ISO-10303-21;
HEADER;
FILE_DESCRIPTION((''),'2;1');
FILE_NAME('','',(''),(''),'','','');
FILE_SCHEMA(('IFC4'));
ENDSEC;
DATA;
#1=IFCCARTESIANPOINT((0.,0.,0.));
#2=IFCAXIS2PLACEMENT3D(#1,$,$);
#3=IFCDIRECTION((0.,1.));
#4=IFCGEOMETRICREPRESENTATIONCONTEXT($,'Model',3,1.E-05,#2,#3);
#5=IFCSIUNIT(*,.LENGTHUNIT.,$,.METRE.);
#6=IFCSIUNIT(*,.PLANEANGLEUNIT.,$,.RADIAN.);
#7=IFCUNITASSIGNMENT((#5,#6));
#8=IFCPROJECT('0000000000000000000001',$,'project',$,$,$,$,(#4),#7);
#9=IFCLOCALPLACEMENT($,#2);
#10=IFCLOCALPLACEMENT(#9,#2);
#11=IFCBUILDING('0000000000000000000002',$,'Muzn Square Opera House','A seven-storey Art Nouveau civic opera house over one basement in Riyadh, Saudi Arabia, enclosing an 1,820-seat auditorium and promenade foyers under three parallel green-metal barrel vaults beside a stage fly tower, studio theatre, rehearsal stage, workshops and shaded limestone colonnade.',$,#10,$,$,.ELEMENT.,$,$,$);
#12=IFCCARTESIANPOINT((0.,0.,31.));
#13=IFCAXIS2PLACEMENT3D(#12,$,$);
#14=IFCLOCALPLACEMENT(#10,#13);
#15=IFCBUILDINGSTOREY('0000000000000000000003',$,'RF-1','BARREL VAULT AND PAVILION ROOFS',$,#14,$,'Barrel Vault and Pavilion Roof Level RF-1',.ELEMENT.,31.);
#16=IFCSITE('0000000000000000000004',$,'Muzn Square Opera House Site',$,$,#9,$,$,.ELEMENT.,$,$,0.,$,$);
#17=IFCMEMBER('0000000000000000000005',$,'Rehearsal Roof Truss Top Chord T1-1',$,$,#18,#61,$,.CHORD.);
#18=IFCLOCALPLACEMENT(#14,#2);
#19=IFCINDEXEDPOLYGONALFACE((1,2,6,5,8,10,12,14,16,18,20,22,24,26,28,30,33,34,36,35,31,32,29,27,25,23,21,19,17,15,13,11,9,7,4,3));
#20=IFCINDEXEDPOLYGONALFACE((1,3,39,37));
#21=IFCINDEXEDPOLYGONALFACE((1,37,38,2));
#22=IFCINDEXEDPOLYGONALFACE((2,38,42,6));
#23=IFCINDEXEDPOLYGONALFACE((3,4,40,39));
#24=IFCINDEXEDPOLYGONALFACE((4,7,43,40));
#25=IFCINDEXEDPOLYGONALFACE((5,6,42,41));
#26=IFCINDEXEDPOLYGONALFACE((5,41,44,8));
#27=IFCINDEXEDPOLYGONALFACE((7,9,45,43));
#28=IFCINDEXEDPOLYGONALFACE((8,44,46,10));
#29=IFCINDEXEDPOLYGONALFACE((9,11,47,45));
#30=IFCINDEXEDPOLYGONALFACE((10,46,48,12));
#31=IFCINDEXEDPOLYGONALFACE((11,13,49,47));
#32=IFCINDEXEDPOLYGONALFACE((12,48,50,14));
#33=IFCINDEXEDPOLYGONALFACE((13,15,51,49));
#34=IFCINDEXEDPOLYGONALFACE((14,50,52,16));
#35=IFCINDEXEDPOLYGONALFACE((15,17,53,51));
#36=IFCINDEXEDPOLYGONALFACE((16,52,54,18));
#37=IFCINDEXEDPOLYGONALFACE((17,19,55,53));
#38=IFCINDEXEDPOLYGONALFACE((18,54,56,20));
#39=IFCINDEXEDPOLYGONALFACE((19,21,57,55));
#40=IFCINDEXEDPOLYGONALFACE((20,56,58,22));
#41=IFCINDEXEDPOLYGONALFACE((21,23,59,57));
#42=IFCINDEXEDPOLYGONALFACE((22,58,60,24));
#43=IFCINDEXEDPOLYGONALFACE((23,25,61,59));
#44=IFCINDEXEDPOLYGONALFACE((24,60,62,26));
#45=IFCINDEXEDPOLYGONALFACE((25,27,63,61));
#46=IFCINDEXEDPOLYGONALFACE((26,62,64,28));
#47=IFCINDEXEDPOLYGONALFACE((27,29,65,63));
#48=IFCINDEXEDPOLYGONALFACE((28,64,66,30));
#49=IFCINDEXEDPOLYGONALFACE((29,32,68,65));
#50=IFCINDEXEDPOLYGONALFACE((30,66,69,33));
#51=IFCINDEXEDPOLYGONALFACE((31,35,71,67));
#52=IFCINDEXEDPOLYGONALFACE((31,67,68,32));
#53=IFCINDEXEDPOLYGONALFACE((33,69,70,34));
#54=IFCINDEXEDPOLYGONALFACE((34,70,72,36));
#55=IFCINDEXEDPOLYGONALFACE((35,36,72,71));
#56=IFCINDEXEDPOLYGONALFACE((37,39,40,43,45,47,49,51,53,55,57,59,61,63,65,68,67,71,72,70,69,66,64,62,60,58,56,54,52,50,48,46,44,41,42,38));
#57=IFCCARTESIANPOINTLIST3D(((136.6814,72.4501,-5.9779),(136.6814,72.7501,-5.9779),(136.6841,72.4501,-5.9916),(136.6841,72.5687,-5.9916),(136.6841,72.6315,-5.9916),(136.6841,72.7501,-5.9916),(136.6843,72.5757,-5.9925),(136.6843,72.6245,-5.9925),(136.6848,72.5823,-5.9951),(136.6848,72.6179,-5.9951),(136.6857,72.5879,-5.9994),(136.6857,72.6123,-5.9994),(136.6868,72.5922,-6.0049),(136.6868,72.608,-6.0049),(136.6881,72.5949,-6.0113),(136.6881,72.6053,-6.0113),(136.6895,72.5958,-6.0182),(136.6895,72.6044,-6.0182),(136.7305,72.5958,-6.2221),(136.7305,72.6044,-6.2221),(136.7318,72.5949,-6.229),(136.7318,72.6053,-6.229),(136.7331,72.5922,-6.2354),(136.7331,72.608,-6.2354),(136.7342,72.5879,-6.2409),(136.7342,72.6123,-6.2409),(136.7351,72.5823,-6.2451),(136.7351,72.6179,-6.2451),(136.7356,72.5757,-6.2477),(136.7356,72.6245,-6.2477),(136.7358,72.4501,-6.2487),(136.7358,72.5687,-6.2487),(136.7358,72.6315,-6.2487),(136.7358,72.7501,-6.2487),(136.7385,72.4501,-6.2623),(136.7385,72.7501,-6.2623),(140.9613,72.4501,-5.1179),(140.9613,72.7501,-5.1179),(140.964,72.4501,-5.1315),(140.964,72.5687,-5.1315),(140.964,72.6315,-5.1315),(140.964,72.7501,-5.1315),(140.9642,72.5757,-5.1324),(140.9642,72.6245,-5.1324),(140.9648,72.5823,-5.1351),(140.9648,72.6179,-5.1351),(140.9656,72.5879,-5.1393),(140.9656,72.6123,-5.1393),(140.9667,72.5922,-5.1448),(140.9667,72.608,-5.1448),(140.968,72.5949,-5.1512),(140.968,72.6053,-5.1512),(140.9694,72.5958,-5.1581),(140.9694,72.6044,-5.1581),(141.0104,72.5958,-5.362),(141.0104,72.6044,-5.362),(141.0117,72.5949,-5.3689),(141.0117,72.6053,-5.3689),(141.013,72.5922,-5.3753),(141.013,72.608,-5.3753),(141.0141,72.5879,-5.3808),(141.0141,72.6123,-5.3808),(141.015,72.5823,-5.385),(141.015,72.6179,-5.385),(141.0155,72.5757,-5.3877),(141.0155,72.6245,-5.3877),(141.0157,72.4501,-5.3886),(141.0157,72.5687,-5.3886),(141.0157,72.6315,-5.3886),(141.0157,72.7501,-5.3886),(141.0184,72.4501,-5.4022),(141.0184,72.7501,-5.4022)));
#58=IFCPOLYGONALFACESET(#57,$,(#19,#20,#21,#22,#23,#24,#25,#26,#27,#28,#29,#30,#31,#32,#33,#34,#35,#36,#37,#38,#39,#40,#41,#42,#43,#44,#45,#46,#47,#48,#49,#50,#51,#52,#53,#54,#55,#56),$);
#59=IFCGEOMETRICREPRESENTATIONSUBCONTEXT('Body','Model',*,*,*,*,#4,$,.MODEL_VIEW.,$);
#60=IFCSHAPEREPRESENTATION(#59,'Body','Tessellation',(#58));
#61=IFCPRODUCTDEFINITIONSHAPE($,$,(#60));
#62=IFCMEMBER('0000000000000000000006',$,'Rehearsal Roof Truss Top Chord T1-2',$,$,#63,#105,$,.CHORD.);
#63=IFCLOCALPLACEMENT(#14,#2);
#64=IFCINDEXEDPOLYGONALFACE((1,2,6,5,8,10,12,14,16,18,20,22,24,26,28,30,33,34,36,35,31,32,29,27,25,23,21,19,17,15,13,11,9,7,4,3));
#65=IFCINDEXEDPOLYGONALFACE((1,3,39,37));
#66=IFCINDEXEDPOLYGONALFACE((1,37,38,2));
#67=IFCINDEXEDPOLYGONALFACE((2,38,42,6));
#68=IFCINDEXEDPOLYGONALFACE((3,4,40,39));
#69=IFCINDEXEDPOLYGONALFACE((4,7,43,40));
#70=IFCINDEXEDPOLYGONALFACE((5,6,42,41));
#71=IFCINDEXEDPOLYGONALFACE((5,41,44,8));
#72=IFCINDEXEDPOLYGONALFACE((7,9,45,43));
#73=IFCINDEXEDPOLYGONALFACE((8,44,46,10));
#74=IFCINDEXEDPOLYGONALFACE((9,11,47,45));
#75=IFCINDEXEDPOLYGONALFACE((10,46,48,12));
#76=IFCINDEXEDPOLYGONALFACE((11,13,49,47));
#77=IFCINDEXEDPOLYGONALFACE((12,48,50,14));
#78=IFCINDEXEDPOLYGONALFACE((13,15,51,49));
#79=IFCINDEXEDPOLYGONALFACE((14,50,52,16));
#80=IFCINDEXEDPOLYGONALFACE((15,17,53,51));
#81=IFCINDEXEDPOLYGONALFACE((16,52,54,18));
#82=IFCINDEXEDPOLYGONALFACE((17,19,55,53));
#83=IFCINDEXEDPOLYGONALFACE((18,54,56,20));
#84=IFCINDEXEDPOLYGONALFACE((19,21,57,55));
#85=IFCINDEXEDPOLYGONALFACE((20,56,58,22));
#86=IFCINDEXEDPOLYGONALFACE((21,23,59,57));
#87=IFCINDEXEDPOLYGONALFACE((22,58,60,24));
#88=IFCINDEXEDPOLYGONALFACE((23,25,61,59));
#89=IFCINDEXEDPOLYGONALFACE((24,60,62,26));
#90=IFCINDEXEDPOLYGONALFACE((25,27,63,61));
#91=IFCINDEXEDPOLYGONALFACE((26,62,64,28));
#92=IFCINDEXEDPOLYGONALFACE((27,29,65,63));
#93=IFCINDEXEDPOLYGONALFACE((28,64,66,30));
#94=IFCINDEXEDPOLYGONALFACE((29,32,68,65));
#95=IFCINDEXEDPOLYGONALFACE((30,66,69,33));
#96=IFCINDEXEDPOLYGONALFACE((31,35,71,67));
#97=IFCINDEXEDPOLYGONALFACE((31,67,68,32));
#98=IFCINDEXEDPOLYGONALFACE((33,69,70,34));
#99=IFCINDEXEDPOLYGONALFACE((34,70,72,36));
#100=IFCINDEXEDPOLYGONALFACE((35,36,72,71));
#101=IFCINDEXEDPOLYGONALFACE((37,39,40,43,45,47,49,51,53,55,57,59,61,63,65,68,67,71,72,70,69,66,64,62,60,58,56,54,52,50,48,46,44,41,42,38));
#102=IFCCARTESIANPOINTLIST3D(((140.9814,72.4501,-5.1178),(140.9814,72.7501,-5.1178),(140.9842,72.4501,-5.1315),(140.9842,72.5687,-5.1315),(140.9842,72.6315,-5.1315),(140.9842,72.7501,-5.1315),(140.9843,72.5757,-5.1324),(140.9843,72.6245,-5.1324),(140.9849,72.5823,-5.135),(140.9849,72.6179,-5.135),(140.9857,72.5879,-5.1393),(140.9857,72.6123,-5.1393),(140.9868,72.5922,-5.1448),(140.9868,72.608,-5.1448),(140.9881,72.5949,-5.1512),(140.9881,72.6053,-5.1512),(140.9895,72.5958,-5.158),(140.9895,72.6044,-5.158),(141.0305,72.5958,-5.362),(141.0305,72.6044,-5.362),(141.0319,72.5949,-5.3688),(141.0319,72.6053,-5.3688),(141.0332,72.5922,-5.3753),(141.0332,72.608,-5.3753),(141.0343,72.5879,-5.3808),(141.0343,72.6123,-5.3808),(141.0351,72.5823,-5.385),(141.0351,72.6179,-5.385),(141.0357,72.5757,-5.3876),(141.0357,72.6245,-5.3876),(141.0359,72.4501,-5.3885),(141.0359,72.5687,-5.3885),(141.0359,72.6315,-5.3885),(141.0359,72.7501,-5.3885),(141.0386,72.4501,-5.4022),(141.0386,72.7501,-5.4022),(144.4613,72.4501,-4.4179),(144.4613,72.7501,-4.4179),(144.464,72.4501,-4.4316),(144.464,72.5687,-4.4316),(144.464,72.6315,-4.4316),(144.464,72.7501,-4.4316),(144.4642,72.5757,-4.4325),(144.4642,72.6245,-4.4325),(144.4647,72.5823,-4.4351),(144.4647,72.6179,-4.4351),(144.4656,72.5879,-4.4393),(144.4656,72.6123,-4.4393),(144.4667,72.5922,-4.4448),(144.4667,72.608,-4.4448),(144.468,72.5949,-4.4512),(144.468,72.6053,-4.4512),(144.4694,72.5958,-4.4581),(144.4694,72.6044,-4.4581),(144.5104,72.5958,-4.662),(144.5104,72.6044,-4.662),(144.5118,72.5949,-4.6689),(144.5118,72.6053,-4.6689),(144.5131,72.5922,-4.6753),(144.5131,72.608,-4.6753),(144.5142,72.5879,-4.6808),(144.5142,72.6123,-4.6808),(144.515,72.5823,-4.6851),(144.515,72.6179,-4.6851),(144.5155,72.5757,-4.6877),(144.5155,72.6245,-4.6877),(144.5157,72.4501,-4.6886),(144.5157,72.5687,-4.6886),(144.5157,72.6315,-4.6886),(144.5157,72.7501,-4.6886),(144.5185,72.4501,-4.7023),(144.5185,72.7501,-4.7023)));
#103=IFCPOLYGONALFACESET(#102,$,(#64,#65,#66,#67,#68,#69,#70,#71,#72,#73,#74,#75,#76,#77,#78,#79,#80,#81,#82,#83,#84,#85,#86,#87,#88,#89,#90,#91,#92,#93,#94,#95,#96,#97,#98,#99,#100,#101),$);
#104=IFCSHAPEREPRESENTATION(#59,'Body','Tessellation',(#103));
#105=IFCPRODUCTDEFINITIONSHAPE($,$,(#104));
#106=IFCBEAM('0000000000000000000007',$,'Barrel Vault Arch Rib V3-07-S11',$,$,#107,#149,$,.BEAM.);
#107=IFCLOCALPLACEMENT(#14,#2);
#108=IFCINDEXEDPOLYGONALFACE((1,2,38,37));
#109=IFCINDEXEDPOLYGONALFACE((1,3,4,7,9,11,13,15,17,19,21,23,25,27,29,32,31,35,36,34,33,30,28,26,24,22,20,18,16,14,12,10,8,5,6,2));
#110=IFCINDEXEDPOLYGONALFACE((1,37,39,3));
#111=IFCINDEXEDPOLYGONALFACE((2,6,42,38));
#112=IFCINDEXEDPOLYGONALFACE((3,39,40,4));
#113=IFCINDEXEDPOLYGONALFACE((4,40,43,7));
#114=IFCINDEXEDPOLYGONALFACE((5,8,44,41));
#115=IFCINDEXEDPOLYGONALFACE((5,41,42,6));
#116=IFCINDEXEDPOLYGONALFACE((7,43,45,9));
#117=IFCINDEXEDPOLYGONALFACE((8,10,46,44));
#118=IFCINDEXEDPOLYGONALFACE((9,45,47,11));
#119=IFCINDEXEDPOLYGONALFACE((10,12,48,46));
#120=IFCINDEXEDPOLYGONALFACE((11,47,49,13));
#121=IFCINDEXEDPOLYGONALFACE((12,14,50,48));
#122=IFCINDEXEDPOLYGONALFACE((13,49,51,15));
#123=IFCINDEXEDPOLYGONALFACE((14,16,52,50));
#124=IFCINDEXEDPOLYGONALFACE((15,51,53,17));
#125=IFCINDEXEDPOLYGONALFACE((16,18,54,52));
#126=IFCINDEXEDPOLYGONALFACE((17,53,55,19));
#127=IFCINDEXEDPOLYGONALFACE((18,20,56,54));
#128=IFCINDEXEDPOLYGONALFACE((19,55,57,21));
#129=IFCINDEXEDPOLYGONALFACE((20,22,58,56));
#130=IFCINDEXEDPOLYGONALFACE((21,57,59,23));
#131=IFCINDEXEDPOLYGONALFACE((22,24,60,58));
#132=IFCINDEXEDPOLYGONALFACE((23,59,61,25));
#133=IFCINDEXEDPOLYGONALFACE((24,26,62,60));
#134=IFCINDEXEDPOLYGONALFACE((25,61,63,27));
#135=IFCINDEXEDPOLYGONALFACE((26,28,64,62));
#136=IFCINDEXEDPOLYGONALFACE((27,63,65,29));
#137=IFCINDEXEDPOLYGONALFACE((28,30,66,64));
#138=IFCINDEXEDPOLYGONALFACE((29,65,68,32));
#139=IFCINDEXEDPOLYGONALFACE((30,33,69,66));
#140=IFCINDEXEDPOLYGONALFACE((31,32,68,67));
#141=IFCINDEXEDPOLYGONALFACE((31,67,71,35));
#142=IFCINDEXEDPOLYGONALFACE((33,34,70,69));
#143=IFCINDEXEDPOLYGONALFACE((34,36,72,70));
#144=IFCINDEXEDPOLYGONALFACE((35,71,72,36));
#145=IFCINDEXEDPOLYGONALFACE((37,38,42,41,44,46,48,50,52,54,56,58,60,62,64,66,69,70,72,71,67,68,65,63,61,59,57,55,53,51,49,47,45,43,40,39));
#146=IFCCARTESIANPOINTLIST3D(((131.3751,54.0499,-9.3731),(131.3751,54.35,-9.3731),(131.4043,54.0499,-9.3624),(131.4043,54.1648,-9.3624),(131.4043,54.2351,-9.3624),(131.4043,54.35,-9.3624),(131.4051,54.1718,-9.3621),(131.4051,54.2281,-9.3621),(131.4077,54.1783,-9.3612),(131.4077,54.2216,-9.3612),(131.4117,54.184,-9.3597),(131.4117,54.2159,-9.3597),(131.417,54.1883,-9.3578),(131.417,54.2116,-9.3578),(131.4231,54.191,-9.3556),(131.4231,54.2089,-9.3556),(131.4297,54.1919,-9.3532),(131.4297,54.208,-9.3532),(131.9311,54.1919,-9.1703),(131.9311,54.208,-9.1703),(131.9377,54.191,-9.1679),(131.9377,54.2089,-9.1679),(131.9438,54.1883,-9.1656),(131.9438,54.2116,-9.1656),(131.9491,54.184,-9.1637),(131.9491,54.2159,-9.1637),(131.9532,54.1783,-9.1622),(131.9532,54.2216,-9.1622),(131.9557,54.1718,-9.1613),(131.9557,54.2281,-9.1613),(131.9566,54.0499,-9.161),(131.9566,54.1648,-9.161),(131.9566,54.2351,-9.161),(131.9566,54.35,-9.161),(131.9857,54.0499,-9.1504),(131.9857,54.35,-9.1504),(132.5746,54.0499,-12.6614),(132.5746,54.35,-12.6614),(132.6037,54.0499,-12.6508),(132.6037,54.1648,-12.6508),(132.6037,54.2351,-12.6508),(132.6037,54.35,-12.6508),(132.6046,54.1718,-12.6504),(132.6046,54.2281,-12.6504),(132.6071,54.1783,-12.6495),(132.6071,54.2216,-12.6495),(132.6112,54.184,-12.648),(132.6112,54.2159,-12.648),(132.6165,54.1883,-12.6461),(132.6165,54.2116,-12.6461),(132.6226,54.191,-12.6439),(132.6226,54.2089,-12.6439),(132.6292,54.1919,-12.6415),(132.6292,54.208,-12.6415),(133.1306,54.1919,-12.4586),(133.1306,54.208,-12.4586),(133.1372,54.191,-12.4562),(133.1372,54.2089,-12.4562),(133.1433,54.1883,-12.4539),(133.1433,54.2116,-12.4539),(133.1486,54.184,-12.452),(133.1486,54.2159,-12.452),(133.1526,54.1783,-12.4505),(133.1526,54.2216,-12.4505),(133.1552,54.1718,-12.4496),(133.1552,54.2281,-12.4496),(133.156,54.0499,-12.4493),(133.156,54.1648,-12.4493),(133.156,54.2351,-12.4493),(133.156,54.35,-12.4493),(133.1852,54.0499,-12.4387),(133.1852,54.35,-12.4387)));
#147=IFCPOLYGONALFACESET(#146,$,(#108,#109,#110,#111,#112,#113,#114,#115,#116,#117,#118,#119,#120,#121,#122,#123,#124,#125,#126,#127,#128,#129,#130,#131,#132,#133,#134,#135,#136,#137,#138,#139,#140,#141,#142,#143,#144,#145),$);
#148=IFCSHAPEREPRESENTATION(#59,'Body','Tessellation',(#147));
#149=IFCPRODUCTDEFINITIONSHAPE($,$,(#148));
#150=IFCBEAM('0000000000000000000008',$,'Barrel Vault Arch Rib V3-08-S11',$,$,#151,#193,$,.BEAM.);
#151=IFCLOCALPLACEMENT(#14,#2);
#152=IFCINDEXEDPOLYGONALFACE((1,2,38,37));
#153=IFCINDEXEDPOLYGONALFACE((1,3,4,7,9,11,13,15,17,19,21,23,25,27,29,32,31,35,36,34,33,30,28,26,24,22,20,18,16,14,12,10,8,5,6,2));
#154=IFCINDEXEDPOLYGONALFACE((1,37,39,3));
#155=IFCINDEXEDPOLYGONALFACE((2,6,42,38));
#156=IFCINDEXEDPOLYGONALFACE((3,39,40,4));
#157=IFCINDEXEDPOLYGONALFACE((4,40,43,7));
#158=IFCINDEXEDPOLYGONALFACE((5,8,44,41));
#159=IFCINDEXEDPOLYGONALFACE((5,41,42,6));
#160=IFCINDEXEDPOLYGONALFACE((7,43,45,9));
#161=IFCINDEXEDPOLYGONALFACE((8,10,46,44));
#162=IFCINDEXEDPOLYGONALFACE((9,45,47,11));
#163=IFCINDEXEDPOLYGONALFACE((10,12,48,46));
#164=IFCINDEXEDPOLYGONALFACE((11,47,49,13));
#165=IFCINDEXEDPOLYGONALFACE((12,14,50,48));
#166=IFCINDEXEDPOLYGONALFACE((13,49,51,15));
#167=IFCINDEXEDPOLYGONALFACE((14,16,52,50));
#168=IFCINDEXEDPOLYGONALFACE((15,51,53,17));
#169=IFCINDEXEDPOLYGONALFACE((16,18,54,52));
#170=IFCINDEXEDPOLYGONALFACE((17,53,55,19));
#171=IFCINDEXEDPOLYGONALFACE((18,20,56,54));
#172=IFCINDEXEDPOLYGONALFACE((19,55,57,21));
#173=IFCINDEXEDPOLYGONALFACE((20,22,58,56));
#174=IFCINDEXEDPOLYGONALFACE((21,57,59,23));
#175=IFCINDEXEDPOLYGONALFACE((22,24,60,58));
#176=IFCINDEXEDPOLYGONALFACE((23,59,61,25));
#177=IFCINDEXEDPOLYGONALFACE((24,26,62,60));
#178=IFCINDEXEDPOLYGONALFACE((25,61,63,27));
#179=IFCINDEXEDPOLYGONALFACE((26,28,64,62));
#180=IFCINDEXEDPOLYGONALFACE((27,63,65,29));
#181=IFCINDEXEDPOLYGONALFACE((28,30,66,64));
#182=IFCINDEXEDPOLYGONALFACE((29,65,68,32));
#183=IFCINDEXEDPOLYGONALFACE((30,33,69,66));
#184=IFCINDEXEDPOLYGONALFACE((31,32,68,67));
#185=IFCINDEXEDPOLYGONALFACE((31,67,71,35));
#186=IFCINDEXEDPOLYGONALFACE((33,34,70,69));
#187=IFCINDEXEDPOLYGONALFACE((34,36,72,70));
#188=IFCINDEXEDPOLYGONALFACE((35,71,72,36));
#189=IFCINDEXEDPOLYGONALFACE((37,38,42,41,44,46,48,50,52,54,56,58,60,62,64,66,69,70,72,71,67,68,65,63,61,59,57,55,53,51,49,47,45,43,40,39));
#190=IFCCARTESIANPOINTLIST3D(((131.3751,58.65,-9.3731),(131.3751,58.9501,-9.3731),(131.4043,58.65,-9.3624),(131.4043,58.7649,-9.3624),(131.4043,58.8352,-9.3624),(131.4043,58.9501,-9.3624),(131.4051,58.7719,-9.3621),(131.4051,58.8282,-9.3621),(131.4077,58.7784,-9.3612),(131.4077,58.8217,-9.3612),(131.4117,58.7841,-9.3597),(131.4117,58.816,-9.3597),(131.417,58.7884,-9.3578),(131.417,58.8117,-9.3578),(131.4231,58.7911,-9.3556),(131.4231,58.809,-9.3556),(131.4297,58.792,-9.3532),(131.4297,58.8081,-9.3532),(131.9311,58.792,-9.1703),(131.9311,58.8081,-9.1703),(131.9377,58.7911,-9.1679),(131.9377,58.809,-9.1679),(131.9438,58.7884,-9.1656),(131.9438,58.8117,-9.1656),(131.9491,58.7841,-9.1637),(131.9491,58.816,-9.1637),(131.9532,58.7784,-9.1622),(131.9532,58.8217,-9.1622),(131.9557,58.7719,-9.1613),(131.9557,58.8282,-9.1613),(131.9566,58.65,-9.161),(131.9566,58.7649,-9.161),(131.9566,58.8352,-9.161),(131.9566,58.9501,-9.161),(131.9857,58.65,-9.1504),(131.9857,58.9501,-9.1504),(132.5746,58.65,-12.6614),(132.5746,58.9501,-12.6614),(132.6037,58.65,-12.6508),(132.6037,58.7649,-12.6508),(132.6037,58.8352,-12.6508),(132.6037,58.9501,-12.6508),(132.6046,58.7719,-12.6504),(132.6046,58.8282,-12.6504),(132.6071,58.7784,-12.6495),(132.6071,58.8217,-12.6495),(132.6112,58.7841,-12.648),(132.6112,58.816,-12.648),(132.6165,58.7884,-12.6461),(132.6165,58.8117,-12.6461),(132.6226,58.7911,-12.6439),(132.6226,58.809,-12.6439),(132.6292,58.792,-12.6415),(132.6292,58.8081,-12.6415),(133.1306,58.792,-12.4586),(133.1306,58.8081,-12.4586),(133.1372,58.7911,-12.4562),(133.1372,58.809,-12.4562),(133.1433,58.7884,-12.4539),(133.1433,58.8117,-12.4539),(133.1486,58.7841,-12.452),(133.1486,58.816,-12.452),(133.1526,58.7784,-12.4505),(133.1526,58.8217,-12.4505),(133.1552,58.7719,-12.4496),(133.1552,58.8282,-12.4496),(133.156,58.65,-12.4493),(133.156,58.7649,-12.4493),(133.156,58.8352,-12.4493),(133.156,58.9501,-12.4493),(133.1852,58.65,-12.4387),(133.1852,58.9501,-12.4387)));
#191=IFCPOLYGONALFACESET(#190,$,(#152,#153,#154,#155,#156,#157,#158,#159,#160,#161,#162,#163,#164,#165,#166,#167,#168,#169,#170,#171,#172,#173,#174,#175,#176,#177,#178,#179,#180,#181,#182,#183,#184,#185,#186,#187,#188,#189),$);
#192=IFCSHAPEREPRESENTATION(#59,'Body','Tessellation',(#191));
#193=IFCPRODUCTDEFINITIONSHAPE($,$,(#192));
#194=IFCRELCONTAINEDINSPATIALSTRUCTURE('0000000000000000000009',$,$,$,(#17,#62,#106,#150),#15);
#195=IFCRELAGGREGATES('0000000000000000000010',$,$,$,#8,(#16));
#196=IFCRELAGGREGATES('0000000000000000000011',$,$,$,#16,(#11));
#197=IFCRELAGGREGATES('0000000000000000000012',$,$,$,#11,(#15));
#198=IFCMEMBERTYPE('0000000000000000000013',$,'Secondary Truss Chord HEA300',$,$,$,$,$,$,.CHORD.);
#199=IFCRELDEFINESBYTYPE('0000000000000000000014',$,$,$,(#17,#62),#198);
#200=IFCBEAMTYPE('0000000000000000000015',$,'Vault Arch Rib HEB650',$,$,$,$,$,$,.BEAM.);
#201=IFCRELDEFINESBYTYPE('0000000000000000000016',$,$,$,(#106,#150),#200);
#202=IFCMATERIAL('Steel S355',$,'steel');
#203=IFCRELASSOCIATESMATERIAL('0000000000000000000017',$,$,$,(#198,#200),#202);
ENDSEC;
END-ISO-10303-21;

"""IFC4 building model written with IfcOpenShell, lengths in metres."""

from ifc_helpers import new_model, si_unit, direction, frame, origin, origin_2d, place, context, subcontext, project, spatial, i_section, extrude, material, material_profile, profile_set, type_object, element, save


model = new_model("IFC4")

# Units and contexts
model_context = context("Model", 3, precision=1e-05, world=origin(), true_north=direction((0.0, 1.0)))
body_context = subcontext(model_context, "Body", "Model", "MODEL_VIEW")
ifc_project = project(units=[si_unit("LENGTHUNIT", "METRE"), si_unit("PLANEANGLEUNIT", "RADIAN")], contexts=[model_context])

# Site, building, storey
site_placement = place(None, origin())
site = spatial("IfcSite", under=ifc_project, at=site_placement, Name="Muzn Square Opera House Site", CompositionType="ELEMENT", RefElevation=0.0)
building_placement = place(site_placement, origin())
building = spatial("IfcBuilding", under=site, at=building_placement, Name="Muzn Square Opera House", Description="A seven-storey Art Nouveau civic opera house over one basement in Riyadh, Saudi Arabia, enclosing an 1,820-seat auditorium and promenade foyers under three parallel green-metal barrel vaults beside a stage fly tower, studio theatre, rehearsal stage, workshops and shaded limestone colonnade.", CompositionType="ELEMENT")
storey_placement = place(building_placement, frame((0.0, 0.0, 31.0)))
storey = spatial("IfcBuildingStorey", under=building, at=storey_placement, Name="RF-1", Description="BARREL VAULT AND PAVILION ROOFS", LongName="Barrel Vault and Pavilion Roof Level RF-1", CompositionType="ELEMENT", Elevation=31.0)

# Shared definitions
ifc_material_1 = material(Name="Steel S355", Category="steel")

# Members
ifc_material_profile_1 = material_profile(ifc_material_1, i_section(OverallWidth=0.3, OverallDepth=0.29, WebThickness=0.0085, FlangeThickness=0.0139, FilletRadius=0.0271, at=origin_2d()), Name="HEA 300", Category="steel")
ifc_profile_set_1 = profile_set([ifc_material_profile_1], Name="Steel S355")
member_type_1 = type_object("IfcMemberType", Name="Secondary Truss Chord HEA300", PredefinedType="CHORD", material=ifc_profile_set_1)
member_1_placement = place(storey_placement, frame((136.71, 72.6001, -6.1201), z_axis=(0.9804, 0.0, 0.197019), x_axis=(0.0, 1.0, 0.0)))
element("IfcMember", 1, at=member_1_placement, inside=storey, type_object=member_type_1, Name="Rehearsal Roof Truss Top Chord T1-1", PredefinedType="CHORD", context=body_context, shape_type="SweptSolid", body=[
    extrude(i_section(OverallWidth=0.3, OverallDepth=0.29, WebThickness=0.0085, FlangeThickness=0.0139, FilletRadius=0.0271, at=origin_2d()), origin(), (0.0, 0.0, 1.0), 4.3655),
])
member_2_placement = place(storey_placement, frame((141.01, 72.6001, -5.26), z_axis=(0.980366, 0.0, 0.197187), x_axis=(0.0, 1.0, 0.0)))
element("IfcMember", 2, at=member_2_placement, inside=storey, type_object=member_type_1, Name="Rehearsal Roof Truss Top Chord T1-2", PredefinedType="CHORD", context=body_context, shape_type="SweptSolid", body=[
    extrude(i_section(OverallWidth=0.3, OverallDepth=0.29, WebThickness=0.0085, FlangeThickness=0.0139, FilletRadius=0.0271, at=origin_2d()), origin(), (0.0, 0.0, 1.0), 3.5496),
])

# Beams
ifc_material_profile_2 = material_profile(ifc_material_1, i_section(OverallWidth=0.3, OverallDepth=0.6499, WebThickness=0.0161, FlangeThickness=0.031, FilletRadius=0.0271, at=origin_2d()), Name="HEB 650", Category="steel")
ifc_profile_set_2 = profile_set([ifc_material_profile_2], Name="Steel S355")
beam_type_1 = type_object("IfcBeamType", Name="Vault Arch Rib HEB650", PredefinedType="BEAM", material=ifc_profile_set_2)
for number, where, z_axis, x_axis, name in (
    (3, (131.6804, 54.2, -9.2617), (0.342678, 0.0, -0.939453), (0.0, 1.0, 0.0), "Barrel Vault Arch Rib V3-07-S11"),
    (4, (131.6804, 58.8, -9.2617), (0.342678, 0.0, -0.939453), (0.0, 1.0, 0.0), "Barrel Vault Arch Rib V3-08-S11"),
):
    element("IfcBeam", number, at=place(storey_placement, frame(where, z_axis=z_axis, x_axis=x_axis)), inside=storey, type_object=beam_type_1, Name=name, PredefinedType="BEAM", context=body_context, shape_type="SweptSolid", body=[
        extrude(i_section(OverallWidth=0.3, OverallDepth=0.6499, WebThickness=0.0161, FlangeThickness=0.031, FilletRadius=0.0271, at=origin_2d()), origin(), (0.0, 0.0, 1.0), 3.5002),
    ])

save(model, "model.ifc")
